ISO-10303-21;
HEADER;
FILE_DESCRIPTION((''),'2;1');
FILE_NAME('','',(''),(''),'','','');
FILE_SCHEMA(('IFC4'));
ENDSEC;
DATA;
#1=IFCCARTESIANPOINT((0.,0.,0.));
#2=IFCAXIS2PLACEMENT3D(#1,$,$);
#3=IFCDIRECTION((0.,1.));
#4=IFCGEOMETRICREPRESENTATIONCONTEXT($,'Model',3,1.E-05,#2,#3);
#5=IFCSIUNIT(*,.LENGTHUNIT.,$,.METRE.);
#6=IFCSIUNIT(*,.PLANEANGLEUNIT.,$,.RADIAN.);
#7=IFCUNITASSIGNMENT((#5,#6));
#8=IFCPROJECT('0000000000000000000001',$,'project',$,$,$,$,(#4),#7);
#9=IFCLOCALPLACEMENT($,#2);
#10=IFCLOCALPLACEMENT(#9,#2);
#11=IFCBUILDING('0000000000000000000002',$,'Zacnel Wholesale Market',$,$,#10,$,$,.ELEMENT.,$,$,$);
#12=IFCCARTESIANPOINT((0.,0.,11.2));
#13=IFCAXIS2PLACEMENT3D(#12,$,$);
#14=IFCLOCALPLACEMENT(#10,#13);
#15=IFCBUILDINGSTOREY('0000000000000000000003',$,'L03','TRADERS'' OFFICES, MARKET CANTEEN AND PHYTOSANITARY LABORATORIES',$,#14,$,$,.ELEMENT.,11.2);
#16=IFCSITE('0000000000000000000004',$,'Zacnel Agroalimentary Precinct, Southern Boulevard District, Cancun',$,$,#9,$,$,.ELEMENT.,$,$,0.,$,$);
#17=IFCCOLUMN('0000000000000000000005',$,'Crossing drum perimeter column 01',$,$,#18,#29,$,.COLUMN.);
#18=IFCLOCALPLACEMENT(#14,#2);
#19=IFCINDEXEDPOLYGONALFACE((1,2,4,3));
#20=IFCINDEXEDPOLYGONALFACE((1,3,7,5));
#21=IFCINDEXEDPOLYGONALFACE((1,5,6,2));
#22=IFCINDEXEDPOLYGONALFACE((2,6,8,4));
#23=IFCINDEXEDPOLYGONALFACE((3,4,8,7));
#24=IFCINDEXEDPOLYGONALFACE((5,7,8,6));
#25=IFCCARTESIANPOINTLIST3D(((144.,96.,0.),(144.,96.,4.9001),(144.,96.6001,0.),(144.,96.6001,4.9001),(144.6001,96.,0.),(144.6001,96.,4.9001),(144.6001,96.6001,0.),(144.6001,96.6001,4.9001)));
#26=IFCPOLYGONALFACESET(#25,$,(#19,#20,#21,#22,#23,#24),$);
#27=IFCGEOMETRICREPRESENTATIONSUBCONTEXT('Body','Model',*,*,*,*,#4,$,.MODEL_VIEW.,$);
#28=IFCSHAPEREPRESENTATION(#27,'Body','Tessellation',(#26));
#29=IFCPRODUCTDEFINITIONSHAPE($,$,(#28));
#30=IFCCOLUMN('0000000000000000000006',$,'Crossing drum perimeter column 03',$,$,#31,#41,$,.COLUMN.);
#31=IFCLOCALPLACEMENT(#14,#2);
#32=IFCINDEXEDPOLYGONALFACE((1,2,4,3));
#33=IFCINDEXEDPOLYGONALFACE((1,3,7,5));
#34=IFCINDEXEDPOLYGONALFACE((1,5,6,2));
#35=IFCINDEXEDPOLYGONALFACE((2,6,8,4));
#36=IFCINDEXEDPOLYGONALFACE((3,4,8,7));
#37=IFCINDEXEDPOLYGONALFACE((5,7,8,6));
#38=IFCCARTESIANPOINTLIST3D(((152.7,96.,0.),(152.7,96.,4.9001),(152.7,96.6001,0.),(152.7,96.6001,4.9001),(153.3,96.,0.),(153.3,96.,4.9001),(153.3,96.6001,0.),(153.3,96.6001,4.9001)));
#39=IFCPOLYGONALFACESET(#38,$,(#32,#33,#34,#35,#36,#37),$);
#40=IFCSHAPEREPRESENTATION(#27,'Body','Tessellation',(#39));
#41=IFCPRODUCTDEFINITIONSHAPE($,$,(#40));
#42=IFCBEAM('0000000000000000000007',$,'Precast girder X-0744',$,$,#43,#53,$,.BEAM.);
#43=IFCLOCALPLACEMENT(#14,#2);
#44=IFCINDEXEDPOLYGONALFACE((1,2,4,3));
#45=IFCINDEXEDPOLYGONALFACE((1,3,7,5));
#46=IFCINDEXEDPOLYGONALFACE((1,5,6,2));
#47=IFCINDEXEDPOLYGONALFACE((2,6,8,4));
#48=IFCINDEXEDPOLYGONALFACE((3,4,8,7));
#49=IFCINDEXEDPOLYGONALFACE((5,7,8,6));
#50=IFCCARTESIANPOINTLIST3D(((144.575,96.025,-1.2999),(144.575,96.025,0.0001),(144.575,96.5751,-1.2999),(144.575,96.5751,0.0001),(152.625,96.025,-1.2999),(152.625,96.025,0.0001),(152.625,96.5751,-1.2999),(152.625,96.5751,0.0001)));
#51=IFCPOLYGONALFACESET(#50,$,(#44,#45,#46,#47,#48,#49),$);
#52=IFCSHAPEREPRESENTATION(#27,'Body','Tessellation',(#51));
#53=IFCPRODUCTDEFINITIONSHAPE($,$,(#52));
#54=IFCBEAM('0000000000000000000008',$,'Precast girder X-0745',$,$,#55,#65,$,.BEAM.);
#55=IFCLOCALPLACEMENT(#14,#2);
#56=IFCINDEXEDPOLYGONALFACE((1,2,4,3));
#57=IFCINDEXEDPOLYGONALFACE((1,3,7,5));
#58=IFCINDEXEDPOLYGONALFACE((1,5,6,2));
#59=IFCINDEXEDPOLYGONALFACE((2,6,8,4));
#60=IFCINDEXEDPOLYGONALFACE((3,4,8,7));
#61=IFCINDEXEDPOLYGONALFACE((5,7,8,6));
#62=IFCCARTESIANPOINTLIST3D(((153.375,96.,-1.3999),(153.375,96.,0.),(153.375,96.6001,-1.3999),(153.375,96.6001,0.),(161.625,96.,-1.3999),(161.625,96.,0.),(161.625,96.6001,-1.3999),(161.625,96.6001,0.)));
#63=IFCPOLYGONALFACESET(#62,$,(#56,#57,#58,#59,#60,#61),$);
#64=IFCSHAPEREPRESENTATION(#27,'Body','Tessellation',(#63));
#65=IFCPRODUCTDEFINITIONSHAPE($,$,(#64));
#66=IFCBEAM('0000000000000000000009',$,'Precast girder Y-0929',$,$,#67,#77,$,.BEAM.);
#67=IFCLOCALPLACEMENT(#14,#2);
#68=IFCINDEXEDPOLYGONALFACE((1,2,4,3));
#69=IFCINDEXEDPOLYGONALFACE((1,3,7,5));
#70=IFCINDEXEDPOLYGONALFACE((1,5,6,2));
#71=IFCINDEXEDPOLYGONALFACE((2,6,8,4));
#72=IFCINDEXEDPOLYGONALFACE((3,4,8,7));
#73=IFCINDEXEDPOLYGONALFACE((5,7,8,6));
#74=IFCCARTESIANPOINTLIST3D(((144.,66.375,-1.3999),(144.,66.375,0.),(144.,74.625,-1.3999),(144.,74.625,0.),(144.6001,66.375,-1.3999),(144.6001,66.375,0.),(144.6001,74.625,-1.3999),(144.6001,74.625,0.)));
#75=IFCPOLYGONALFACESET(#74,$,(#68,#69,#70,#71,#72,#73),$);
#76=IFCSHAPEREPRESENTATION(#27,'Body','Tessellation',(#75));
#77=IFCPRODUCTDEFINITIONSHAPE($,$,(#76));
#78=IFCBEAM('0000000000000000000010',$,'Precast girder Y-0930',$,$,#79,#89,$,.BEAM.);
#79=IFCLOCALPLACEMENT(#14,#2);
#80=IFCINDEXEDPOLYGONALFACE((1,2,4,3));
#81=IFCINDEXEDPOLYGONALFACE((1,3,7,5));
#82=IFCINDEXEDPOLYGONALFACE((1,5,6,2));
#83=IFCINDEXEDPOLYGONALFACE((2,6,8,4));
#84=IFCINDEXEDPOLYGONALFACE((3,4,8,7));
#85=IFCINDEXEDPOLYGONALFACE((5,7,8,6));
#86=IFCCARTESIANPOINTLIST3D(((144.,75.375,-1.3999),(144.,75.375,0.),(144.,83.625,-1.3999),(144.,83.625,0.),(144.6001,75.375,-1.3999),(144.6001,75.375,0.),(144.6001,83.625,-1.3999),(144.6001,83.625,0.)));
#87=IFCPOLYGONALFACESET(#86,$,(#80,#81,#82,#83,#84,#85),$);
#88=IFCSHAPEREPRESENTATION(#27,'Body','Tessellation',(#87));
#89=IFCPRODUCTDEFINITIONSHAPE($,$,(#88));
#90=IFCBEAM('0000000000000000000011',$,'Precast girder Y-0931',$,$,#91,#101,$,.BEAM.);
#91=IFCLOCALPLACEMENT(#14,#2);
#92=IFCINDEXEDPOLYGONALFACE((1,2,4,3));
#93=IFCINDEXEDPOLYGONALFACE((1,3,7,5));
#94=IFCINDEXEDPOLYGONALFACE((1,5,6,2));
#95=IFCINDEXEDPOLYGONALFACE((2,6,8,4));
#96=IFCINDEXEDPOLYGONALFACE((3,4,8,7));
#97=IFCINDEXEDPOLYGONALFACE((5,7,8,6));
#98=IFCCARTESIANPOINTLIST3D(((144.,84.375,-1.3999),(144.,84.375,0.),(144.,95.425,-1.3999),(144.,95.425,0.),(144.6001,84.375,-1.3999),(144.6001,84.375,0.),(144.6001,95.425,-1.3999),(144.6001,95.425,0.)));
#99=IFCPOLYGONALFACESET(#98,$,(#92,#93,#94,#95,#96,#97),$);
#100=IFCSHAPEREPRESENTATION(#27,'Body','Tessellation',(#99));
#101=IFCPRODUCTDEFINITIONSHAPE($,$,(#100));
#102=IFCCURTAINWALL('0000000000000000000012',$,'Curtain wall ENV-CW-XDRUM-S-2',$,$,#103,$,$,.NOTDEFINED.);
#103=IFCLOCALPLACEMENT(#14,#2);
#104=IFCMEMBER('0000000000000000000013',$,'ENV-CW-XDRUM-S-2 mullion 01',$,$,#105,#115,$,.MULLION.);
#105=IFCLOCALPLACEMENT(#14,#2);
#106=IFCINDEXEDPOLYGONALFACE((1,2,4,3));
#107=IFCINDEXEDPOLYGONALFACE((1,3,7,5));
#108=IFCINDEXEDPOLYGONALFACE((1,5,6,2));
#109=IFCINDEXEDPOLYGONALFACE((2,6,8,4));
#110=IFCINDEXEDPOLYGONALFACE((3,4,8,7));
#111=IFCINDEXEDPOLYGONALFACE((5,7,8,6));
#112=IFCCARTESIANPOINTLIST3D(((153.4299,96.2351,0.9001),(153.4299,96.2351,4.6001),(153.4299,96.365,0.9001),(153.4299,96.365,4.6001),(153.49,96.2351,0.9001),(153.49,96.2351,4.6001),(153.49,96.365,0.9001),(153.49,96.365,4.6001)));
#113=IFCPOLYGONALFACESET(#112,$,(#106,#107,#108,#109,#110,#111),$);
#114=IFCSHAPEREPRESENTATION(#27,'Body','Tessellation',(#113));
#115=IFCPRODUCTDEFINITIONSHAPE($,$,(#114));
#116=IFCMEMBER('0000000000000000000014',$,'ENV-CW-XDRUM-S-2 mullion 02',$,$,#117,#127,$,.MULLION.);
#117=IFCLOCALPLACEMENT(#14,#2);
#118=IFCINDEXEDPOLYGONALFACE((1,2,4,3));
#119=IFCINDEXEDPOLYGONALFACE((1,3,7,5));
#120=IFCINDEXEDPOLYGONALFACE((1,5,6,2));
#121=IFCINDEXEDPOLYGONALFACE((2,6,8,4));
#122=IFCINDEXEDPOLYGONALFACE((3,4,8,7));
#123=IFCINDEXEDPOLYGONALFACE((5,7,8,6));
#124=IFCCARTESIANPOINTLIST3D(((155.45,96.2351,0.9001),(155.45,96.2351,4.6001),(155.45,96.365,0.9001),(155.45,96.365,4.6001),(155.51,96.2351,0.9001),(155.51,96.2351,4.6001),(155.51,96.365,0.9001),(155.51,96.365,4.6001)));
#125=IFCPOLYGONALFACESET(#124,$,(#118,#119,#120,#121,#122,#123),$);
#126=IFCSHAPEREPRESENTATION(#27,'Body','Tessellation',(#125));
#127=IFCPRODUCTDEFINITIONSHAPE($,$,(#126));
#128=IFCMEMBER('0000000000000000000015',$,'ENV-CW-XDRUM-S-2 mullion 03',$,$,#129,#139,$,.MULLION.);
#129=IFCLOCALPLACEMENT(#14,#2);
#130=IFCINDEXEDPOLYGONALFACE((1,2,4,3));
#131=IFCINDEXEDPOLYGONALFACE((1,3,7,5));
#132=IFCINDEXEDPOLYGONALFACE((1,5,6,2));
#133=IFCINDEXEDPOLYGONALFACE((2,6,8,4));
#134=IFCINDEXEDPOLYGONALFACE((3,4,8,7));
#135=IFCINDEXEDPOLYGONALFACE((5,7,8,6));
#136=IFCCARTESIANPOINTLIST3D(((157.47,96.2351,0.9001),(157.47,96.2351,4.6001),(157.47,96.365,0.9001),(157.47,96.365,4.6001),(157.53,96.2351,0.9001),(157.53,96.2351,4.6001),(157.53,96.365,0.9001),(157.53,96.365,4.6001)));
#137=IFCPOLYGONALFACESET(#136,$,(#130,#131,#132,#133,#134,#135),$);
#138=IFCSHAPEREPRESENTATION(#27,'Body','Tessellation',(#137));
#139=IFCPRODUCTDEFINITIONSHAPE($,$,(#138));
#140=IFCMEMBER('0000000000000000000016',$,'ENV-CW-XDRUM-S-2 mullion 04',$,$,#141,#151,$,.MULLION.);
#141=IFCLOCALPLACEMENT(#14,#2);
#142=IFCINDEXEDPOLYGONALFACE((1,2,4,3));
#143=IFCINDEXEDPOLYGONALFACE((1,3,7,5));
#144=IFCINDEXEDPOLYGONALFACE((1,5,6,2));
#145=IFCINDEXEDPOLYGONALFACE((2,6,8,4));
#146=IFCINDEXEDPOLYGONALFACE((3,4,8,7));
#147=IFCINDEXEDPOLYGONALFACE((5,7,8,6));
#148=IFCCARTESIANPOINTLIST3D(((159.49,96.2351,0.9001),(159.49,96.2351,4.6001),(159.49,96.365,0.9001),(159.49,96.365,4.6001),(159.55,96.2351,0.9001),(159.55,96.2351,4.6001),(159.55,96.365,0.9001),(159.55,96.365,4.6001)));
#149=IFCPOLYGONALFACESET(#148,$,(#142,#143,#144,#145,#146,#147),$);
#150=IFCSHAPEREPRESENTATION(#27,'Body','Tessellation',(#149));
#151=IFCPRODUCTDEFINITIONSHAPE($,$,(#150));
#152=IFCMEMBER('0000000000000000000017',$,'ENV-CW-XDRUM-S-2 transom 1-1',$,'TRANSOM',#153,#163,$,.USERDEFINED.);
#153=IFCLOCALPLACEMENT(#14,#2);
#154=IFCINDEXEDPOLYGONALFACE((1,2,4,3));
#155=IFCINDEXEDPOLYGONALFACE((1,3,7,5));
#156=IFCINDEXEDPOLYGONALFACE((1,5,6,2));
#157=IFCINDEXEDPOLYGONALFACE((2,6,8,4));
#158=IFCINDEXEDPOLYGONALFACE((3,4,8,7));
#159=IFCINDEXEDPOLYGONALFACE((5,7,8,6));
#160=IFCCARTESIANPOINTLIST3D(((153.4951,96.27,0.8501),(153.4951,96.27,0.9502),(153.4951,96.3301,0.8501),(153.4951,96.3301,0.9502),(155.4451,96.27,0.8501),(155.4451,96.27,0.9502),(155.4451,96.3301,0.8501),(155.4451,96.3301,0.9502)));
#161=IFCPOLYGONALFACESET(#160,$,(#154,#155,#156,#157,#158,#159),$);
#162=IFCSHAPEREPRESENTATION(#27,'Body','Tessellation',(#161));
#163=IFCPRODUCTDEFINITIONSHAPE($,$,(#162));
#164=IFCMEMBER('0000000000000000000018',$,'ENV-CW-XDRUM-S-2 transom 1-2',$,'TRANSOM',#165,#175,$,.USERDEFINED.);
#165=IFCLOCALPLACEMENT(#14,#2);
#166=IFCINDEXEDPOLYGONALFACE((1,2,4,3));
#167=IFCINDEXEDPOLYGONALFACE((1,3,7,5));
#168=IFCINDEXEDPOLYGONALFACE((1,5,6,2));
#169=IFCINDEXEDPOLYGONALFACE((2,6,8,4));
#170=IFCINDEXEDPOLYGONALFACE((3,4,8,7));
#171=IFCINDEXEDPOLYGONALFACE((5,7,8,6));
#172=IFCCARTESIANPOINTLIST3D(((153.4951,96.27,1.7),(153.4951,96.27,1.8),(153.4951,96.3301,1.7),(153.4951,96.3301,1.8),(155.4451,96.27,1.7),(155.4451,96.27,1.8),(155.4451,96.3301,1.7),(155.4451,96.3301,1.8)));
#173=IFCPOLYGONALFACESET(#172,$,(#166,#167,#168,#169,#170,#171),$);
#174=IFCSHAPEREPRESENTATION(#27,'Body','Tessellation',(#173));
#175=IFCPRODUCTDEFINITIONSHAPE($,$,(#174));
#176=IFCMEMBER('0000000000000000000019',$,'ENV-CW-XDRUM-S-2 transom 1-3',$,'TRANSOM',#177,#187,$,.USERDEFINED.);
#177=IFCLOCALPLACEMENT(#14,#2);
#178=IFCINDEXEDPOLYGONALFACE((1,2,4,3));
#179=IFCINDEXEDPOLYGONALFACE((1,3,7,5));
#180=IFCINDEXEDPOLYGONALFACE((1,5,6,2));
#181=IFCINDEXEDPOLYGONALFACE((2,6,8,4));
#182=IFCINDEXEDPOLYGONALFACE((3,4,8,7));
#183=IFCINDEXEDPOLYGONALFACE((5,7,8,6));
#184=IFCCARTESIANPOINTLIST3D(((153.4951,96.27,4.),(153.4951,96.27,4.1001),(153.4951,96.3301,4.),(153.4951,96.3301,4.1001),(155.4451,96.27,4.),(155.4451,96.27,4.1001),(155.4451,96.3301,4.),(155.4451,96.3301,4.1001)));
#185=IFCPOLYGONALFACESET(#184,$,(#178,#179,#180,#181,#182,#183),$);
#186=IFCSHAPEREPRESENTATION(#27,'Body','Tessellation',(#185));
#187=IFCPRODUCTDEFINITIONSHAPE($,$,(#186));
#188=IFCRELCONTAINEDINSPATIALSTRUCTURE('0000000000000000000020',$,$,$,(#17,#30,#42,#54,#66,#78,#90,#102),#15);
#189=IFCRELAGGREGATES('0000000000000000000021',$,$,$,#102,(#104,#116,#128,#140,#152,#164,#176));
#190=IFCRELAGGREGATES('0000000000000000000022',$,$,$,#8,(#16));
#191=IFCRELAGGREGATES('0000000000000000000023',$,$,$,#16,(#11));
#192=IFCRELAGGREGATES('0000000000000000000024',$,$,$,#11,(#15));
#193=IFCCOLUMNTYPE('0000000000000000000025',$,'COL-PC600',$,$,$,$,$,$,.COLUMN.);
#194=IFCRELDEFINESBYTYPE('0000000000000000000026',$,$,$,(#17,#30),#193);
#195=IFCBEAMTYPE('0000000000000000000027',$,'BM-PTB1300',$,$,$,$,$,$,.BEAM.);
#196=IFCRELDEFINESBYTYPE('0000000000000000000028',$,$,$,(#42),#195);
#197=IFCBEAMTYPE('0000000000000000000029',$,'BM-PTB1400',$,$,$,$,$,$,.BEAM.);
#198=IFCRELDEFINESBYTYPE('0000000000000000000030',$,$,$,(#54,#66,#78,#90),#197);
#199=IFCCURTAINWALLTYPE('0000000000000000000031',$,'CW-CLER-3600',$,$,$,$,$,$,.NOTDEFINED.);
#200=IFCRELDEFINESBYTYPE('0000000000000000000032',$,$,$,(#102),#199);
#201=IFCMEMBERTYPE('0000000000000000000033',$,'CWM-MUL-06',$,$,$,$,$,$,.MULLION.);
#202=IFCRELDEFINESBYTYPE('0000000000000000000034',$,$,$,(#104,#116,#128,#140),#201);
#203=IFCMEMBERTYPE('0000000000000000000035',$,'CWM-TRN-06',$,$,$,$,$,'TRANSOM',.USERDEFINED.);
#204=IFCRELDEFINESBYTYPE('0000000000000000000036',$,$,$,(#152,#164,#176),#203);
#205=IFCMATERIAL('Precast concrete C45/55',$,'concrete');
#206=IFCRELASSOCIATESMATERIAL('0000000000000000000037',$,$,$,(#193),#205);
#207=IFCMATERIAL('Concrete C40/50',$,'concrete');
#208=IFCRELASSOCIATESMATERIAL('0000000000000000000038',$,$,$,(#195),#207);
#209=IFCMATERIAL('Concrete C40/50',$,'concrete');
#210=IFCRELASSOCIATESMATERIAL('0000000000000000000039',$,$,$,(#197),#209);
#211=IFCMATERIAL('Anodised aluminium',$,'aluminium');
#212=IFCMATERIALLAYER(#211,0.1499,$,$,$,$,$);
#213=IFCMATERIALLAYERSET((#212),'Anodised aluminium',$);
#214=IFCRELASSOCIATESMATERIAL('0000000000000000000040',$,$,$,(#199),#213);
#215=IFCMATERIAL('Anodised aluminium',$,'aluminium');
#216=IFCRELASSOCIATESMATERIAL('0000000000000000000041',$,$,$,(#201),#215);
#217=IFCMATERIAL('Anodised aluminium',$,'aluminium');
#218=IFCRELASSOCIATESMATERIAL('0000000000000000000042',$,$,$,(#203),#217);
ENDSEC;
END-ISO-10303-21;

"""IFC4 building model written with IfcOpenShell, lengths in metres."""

from ifc_helpers import new_model, si_unit, direction, frame, origin, origin_2d, place, context, subcontext, project, spatial, rectangle, extrude, material, layer, layer_set, material_profile, profile_set, type_object, element, aggregate, save


model = new_model("IFC4")

# Units and contexts
model_context = context("Model", 3, precision=1e-05, world=origin(), true_north=direction((0.0, 1.0)))
body_context = subcontext(model_context, "Body", "Model", "MODEL_VIEW")
ifc_project = project(units=[si_unit("LENGTHUNIT", "METRE"), si_unit("PLANEANGLEUNIT", "RADIAN")], contexts=[model_context])

# Site, building, storey
site_placement = place(None, origin())
site = spatial("IfcSite", under=ifc_project, at=site_placement, Name="Zacnel Agroalimentary Precinct, Southern Boulevard District, Cancun", CompositionType="ELEMENT", RefElevation=0.0)
building_placement = place(site_placement, origin())
building = spatial("IfcBuilding", under=site, at=building_placement, Name="Zacnel Wholesale Market", CompositionType="ELEMENT")
storey_placement = place(building_placement, frame((0.0, 0.0, 11.2)))
storey = spatial("IfcBuildingStorey", under=building, at=storey_placement, Name="L03", Description="TRADERS' OFFICES, MARKET CANTEEN AND PHYTOSANITARY LABORATORIES", CompositionType="ELEMENT", Elevation=11.2)

# Columns
ifc_material_1 = material(Name="Precast concrete C45/55", Category="concrete")
ifc_material_profile_1 = material_profile(ifc_material_1, rectangle(XDim=0.6001, YDim=0.6001, at=origin_2d()), Name="PC 600x600")
ifc_profile_set_1 = profile_set([ifc_material_profile_1], Name="Precast concrete C45/55")
column_type = type_object("IfcColumnType", Name="COL-PC600", PredefinedType="COLUMN", material=ifc_profile_set_1)
for number, where, z_axis, x_axis, name in (
    (1, (144.3, 96.3, 0.0), (0.0, 0.0, 1.0), (1.0, 0.0, 0.0), "Crossing drum perimeter column 01"),
    (2, (153.0, 96.3, 0.0), (0.0, 0.0, 1.0), (1.0, 0.0, 0.0), "Crossing drum perimeter column 03"),
):
    element("IfcColumn", number, at=place(storey_placement, frame(where, z_axis=z_axis, x_axis=x_axis)), inside=storey, type_object=column_type, Name=name, PredefinedType="COLUMN", context=body_context, shape_type="SweptSolid", body=[
        extrude(rectangle(XDim=0.6001, YDim=0.6001, at=origin_2d()), origin(), (0.0, 0.0, 1.0), 4.9001),
    ])

# Beams
ifc_material_2 = material(Name="Concrete C40/50", Category="concrete")
ifc_material_profile_2 = material_profile(ifc_material_2, rectangle(XDim=0.55, YDim=1.3, at=origin_2d()), Name="PTB 550x1300")
ifc_profile_set_2 = profile_set([ifc_material_profile_2], Name="Concrete C40/50")
beam_type_1 = type_object("IfcBeamType", Name="BM-PTB1300", PredefinedType="BEAM", material=ifc_profile_set_2)
beam_1_placement = place(storey_placement, frame((144.575, 96.3, -0.6499), z_axis=(1.0, 0.0, 0.0), x_axis=(0.0, 1.0, 0.0)))
element("IfcBeam", 3, at=beam_1_placement, inside=storey, type_object=beam_type_1, Name="Precast girder X-0744", PredefinedType="BEAM", context=body_context, shape_type="SweptSolid", body=[
    extrude(rectangle(XDim=0.55, YDim=1.3, at=origin_2d()), origin(), (0.0, 0.0, 1.0), 8.05),
])
ifc_material_3 = material(Name="Concrete C40/50", Category="concrete")
ifc_material_profile_3 = material_profile(ifc_material_3, rectangle(XDim=0.6001, YDim=1.3999, at=origin_2d()), Name="PTB 600x1400")
ifc_profile_set_3 = profile_set([ifc_material_profile_3], Name="Concrete C40/50")
beam_type_2 = type_object("IfcBeamType", Name="BM-PTB1400", PredefinedType="BEAM", material=ifc_profile_set_3)
for number, where, z_axis, x_axis, name in (
    (4, (153.375, 96.3, -0.7), (1.0, 0.0, 0.0), (0.0, 1.0, 0.0), "Precast girder X-0745"),
    (5, (144.3, 66.375, -0.7), (0.0, 1.0, 0.0), (-1.0, 0.0, 0.0), "Precast girder Y-0929"),
    (6, (144.3, 75.375, -0.7), (0.0, 1.0, 0.0), (-1.0, 0.0, 0.0), "Precast girder Y-0930"),
):
    element("IfcBeam", number, at=place(storey_placement, frame(where, z_axis=z_axis, x_axis=x_axis)), inside=storey, type_object=beam_type_2, Name=name, PredefinedType="BEAM", context=body_context, shape_type="SweptSolid", body=[
        extrude(rectangle(XDim=0.6001, YDim=1.3999, at=origin_2d()), origin(), (0.0, 0.0, 1.0), 8.25),
    ])
beam_2_placement = place(storey_placement, frame((144.3, 84.375, -0.7), z_axis=(0.0, 1.0, 0.0), x_axis=(-1.0, 0.0, 0.0)))
element("IfcBeam", 7, at=beam_2_placement, inside=storey, type_object=beam_type_2, Name="Precast girder Y-0931", PredefinedType="BEAM", context=body_context, shape_type="SweptSolid", body=[
    extrude(rectangle(XDim=0.6001, YDim=1.3999, at=origin_2d()), origin(), (0.0, 0.0, 1.0), 11.05),
])

# Curtain wall, members
ifc_material_4 = material(Name="Anodised aluminium", Category="aluminium")
ifc_layer_1 = layer(ifc_material_4, 0.1499)
ifc_layer_set_1 = layer_set([ifc_layer_1], Name="Anodised aluminium")
curtain_wall_type = type_object("IfcCurtainWallType", Name="CW-CLER-3600", PredefinedType="NOTDEFINED", material=ifc_layer_set_1)
curtain_wall_placement = place(storey_placement, origin())
curtain_wall = element("IfcCurtainWall", 8, at=curtain_wall_placement, inside=storey, type_object=curtain_wall_type, Name="Curtain wall ENV-CW-XDRUM-S-2", PredefinedType="NOTDEFINED")
ifc_material_5 = material(Name="Anodised aluminium", Category="aluminium")
ifc_material_profile_4 = material_profile(ifc_material_5, rectangle(XDim=0.0601, YDim=0.1299, at=origin_2d()), Name="AW-MULLION 60x130")
ifc_profile_set_4 = profile_set([ifc_material_profile_4], Name="Anodised aluminium")
member_type_1 = type_object("IfcMemberType", Name="CWM-MUL-06", PredefinedType="MULLION", material=ifc_profile_set_4)
member_1_placement = place(storey_placement, frame((153.46, 96.3, 0.9001), z_axis=(0.0, 0.0, 1.0), x_axis=(1.0, 0.0, 0.0)))
member_1 = element("IfcMember", 9, at=member_1_placement, type_object=member_type_1, Name="ENV-CW-XDRUM-S-2 mullion 01", PredefinedType="MULLION", context=body_context, shape_type="SweptSolid", body=[
    extrude(rectangle(XDim=0.0601, YDim=0.1299, at=origin_2d()), origin(), (0.0, 0.0, 1.0), 3.7),
])
member_2_placement = place(storey_placement, frame((155.48, 96.3, 0.9001), z_axis=(0.0, 0.0, 1.0), x_axis=(1.0, 0.0, 0.0)))
member_2 = element("IfcMember", 10, at=member_2_placement, type_object=member_type_1, Name="ENV-CW-XDRUM-S-2 mullion 02", PredefinedType="MULLION", context=body_context, shape_type="SweptSolid", body=[
    extrude(rectangle(XDim=0.0601, YDim=0.1299, at=origin_2d()), origin(), (0.0, 0.0, 1.0), 3.7),
])
member_3_placement = place(storey_placement, frame((157.5, 96.3, 0.9001), z_axis=(0.0, 0.0, 1.0), x_axis=(1.0, 0.0, 0.0)))
member_3 = element("IfcMember", 11, at=member_3_placement, type_object=member_type_1, Name="ENV-CW-XDRUM-S-2 mullion 03", PredefinedType="MULLION", context=body_context, shape_type="SweptSolid", body=[
    extrude(rectangle(XDim=0.0601, YDim=0.1299, at=origin_2d()), origin(), (0.0, 0.0, 1.0), 3.7),
])
member_4_placement = place(storey_placement, frame((159.52, 96.3, 0.9001), z_axis=(0.0, 0.0, 1.0), x_axis=(1.0, 0.0, 0.0)))
member_4 = element("IfcMember", 12, at=member_4_placement, type_object=member_type_1, Name="ENV-CW-XDRUM-S-2 mullion 04", PredefinedType="MULLION", context=body_context, shape_type="SweptSolid", body=[
    extrude(rectangle(XDim=0.0601, YDim=0.1299, at=origin_2d()), origin(), (0.0, 0.0, 1.0), 3.7),
])
ifc_material_6 = material(Name="Anodised aluminium", Category="aluminium")
ifc_material_profile_5 = material_profile(ifc_material_6, rectangle(XDim=0.0601, YDim=0.1001, at=origin_2d()), Name="AW-TRANSOM 60x100")
ifc_profile_set_5 = profile_set([ifc_material_profile_5], Name="Anodised aluminium")
member_type_2 = type_object("IfcMemberType", Name="CWM-TRN-06", ElementType="TRANSOM", PredefinedType="USERDEFINED", material=ifc_profile_set_5)
member_5_placement = place(storey_placement, frame((153.4951, 96.3, 0.9001), z_axis=(1.0, 0.0, 0.0), x_axis=(0.0, 1.0, 0.0)))
member_5 = element("IfcMember", 13, at=member_5_placement, type_object=member_type_2, Name="ENV-CW-XDRUM-S-2 transom 1-1", ObjectType="TRANSOM", PredefinedType="USERDEFINED", context=body_context, shape_type="SweptSolid", body=[
    extrude(rectangle(XDim=0.0601, YDim=0.1001, at=origin_2d()), origin(), (0.0, 0.0, 1.0), 1.95),
])
member_6_placement = place(storey_placement, frame((153.4951, 96.3, 1.75), z_axis=(1.0, 0.0, 0.0), x_axis=(0.0, 1.0, 0.0)))
member_6 = element("IfcMember", 14, at=member_6_placement, type_object=member_type_2, Name="ENV-CW-XDRUM-S-2 transom 1-2", ObjectType="TRANSOM", PredefinedType="USERDEFINED", context=body_context, shape_type="SweptSolid", body=[
    extrude(rectangle(XDim=0.0601, YDim=0.1001, at=origin_2d()), origin(), (0.0, 0.0, 1.0), 1.95),
])
member_7_placement = place(storey_placement, frame((153.4951, 96.3, 4.05), z_axis=(1.0, 0.0, 0.0), x_axis=(0.0, 1.0, 0.0)))
member_7 = element("IfcMember", 15, at=member_7_placement, type_object=member_type_2, Name="ENV-CW-XDRUM-S-2 transom 1-3", ObjectType="TRANSOM", PredefinedType="USERDEFINED", context=body_context, shape_type="SweptSolid", body=[
    extrude(rectangle(XDim=0.0601, YDim=0.1001, at=origin_2d()), origin(), (0.0, 0.0, 1.0), 1.95),
])
aggregate(curtain_wall, [member_1, member_2, member_3, member_4, member_5, member_6, member_7])

save(model, "model.ifc")
